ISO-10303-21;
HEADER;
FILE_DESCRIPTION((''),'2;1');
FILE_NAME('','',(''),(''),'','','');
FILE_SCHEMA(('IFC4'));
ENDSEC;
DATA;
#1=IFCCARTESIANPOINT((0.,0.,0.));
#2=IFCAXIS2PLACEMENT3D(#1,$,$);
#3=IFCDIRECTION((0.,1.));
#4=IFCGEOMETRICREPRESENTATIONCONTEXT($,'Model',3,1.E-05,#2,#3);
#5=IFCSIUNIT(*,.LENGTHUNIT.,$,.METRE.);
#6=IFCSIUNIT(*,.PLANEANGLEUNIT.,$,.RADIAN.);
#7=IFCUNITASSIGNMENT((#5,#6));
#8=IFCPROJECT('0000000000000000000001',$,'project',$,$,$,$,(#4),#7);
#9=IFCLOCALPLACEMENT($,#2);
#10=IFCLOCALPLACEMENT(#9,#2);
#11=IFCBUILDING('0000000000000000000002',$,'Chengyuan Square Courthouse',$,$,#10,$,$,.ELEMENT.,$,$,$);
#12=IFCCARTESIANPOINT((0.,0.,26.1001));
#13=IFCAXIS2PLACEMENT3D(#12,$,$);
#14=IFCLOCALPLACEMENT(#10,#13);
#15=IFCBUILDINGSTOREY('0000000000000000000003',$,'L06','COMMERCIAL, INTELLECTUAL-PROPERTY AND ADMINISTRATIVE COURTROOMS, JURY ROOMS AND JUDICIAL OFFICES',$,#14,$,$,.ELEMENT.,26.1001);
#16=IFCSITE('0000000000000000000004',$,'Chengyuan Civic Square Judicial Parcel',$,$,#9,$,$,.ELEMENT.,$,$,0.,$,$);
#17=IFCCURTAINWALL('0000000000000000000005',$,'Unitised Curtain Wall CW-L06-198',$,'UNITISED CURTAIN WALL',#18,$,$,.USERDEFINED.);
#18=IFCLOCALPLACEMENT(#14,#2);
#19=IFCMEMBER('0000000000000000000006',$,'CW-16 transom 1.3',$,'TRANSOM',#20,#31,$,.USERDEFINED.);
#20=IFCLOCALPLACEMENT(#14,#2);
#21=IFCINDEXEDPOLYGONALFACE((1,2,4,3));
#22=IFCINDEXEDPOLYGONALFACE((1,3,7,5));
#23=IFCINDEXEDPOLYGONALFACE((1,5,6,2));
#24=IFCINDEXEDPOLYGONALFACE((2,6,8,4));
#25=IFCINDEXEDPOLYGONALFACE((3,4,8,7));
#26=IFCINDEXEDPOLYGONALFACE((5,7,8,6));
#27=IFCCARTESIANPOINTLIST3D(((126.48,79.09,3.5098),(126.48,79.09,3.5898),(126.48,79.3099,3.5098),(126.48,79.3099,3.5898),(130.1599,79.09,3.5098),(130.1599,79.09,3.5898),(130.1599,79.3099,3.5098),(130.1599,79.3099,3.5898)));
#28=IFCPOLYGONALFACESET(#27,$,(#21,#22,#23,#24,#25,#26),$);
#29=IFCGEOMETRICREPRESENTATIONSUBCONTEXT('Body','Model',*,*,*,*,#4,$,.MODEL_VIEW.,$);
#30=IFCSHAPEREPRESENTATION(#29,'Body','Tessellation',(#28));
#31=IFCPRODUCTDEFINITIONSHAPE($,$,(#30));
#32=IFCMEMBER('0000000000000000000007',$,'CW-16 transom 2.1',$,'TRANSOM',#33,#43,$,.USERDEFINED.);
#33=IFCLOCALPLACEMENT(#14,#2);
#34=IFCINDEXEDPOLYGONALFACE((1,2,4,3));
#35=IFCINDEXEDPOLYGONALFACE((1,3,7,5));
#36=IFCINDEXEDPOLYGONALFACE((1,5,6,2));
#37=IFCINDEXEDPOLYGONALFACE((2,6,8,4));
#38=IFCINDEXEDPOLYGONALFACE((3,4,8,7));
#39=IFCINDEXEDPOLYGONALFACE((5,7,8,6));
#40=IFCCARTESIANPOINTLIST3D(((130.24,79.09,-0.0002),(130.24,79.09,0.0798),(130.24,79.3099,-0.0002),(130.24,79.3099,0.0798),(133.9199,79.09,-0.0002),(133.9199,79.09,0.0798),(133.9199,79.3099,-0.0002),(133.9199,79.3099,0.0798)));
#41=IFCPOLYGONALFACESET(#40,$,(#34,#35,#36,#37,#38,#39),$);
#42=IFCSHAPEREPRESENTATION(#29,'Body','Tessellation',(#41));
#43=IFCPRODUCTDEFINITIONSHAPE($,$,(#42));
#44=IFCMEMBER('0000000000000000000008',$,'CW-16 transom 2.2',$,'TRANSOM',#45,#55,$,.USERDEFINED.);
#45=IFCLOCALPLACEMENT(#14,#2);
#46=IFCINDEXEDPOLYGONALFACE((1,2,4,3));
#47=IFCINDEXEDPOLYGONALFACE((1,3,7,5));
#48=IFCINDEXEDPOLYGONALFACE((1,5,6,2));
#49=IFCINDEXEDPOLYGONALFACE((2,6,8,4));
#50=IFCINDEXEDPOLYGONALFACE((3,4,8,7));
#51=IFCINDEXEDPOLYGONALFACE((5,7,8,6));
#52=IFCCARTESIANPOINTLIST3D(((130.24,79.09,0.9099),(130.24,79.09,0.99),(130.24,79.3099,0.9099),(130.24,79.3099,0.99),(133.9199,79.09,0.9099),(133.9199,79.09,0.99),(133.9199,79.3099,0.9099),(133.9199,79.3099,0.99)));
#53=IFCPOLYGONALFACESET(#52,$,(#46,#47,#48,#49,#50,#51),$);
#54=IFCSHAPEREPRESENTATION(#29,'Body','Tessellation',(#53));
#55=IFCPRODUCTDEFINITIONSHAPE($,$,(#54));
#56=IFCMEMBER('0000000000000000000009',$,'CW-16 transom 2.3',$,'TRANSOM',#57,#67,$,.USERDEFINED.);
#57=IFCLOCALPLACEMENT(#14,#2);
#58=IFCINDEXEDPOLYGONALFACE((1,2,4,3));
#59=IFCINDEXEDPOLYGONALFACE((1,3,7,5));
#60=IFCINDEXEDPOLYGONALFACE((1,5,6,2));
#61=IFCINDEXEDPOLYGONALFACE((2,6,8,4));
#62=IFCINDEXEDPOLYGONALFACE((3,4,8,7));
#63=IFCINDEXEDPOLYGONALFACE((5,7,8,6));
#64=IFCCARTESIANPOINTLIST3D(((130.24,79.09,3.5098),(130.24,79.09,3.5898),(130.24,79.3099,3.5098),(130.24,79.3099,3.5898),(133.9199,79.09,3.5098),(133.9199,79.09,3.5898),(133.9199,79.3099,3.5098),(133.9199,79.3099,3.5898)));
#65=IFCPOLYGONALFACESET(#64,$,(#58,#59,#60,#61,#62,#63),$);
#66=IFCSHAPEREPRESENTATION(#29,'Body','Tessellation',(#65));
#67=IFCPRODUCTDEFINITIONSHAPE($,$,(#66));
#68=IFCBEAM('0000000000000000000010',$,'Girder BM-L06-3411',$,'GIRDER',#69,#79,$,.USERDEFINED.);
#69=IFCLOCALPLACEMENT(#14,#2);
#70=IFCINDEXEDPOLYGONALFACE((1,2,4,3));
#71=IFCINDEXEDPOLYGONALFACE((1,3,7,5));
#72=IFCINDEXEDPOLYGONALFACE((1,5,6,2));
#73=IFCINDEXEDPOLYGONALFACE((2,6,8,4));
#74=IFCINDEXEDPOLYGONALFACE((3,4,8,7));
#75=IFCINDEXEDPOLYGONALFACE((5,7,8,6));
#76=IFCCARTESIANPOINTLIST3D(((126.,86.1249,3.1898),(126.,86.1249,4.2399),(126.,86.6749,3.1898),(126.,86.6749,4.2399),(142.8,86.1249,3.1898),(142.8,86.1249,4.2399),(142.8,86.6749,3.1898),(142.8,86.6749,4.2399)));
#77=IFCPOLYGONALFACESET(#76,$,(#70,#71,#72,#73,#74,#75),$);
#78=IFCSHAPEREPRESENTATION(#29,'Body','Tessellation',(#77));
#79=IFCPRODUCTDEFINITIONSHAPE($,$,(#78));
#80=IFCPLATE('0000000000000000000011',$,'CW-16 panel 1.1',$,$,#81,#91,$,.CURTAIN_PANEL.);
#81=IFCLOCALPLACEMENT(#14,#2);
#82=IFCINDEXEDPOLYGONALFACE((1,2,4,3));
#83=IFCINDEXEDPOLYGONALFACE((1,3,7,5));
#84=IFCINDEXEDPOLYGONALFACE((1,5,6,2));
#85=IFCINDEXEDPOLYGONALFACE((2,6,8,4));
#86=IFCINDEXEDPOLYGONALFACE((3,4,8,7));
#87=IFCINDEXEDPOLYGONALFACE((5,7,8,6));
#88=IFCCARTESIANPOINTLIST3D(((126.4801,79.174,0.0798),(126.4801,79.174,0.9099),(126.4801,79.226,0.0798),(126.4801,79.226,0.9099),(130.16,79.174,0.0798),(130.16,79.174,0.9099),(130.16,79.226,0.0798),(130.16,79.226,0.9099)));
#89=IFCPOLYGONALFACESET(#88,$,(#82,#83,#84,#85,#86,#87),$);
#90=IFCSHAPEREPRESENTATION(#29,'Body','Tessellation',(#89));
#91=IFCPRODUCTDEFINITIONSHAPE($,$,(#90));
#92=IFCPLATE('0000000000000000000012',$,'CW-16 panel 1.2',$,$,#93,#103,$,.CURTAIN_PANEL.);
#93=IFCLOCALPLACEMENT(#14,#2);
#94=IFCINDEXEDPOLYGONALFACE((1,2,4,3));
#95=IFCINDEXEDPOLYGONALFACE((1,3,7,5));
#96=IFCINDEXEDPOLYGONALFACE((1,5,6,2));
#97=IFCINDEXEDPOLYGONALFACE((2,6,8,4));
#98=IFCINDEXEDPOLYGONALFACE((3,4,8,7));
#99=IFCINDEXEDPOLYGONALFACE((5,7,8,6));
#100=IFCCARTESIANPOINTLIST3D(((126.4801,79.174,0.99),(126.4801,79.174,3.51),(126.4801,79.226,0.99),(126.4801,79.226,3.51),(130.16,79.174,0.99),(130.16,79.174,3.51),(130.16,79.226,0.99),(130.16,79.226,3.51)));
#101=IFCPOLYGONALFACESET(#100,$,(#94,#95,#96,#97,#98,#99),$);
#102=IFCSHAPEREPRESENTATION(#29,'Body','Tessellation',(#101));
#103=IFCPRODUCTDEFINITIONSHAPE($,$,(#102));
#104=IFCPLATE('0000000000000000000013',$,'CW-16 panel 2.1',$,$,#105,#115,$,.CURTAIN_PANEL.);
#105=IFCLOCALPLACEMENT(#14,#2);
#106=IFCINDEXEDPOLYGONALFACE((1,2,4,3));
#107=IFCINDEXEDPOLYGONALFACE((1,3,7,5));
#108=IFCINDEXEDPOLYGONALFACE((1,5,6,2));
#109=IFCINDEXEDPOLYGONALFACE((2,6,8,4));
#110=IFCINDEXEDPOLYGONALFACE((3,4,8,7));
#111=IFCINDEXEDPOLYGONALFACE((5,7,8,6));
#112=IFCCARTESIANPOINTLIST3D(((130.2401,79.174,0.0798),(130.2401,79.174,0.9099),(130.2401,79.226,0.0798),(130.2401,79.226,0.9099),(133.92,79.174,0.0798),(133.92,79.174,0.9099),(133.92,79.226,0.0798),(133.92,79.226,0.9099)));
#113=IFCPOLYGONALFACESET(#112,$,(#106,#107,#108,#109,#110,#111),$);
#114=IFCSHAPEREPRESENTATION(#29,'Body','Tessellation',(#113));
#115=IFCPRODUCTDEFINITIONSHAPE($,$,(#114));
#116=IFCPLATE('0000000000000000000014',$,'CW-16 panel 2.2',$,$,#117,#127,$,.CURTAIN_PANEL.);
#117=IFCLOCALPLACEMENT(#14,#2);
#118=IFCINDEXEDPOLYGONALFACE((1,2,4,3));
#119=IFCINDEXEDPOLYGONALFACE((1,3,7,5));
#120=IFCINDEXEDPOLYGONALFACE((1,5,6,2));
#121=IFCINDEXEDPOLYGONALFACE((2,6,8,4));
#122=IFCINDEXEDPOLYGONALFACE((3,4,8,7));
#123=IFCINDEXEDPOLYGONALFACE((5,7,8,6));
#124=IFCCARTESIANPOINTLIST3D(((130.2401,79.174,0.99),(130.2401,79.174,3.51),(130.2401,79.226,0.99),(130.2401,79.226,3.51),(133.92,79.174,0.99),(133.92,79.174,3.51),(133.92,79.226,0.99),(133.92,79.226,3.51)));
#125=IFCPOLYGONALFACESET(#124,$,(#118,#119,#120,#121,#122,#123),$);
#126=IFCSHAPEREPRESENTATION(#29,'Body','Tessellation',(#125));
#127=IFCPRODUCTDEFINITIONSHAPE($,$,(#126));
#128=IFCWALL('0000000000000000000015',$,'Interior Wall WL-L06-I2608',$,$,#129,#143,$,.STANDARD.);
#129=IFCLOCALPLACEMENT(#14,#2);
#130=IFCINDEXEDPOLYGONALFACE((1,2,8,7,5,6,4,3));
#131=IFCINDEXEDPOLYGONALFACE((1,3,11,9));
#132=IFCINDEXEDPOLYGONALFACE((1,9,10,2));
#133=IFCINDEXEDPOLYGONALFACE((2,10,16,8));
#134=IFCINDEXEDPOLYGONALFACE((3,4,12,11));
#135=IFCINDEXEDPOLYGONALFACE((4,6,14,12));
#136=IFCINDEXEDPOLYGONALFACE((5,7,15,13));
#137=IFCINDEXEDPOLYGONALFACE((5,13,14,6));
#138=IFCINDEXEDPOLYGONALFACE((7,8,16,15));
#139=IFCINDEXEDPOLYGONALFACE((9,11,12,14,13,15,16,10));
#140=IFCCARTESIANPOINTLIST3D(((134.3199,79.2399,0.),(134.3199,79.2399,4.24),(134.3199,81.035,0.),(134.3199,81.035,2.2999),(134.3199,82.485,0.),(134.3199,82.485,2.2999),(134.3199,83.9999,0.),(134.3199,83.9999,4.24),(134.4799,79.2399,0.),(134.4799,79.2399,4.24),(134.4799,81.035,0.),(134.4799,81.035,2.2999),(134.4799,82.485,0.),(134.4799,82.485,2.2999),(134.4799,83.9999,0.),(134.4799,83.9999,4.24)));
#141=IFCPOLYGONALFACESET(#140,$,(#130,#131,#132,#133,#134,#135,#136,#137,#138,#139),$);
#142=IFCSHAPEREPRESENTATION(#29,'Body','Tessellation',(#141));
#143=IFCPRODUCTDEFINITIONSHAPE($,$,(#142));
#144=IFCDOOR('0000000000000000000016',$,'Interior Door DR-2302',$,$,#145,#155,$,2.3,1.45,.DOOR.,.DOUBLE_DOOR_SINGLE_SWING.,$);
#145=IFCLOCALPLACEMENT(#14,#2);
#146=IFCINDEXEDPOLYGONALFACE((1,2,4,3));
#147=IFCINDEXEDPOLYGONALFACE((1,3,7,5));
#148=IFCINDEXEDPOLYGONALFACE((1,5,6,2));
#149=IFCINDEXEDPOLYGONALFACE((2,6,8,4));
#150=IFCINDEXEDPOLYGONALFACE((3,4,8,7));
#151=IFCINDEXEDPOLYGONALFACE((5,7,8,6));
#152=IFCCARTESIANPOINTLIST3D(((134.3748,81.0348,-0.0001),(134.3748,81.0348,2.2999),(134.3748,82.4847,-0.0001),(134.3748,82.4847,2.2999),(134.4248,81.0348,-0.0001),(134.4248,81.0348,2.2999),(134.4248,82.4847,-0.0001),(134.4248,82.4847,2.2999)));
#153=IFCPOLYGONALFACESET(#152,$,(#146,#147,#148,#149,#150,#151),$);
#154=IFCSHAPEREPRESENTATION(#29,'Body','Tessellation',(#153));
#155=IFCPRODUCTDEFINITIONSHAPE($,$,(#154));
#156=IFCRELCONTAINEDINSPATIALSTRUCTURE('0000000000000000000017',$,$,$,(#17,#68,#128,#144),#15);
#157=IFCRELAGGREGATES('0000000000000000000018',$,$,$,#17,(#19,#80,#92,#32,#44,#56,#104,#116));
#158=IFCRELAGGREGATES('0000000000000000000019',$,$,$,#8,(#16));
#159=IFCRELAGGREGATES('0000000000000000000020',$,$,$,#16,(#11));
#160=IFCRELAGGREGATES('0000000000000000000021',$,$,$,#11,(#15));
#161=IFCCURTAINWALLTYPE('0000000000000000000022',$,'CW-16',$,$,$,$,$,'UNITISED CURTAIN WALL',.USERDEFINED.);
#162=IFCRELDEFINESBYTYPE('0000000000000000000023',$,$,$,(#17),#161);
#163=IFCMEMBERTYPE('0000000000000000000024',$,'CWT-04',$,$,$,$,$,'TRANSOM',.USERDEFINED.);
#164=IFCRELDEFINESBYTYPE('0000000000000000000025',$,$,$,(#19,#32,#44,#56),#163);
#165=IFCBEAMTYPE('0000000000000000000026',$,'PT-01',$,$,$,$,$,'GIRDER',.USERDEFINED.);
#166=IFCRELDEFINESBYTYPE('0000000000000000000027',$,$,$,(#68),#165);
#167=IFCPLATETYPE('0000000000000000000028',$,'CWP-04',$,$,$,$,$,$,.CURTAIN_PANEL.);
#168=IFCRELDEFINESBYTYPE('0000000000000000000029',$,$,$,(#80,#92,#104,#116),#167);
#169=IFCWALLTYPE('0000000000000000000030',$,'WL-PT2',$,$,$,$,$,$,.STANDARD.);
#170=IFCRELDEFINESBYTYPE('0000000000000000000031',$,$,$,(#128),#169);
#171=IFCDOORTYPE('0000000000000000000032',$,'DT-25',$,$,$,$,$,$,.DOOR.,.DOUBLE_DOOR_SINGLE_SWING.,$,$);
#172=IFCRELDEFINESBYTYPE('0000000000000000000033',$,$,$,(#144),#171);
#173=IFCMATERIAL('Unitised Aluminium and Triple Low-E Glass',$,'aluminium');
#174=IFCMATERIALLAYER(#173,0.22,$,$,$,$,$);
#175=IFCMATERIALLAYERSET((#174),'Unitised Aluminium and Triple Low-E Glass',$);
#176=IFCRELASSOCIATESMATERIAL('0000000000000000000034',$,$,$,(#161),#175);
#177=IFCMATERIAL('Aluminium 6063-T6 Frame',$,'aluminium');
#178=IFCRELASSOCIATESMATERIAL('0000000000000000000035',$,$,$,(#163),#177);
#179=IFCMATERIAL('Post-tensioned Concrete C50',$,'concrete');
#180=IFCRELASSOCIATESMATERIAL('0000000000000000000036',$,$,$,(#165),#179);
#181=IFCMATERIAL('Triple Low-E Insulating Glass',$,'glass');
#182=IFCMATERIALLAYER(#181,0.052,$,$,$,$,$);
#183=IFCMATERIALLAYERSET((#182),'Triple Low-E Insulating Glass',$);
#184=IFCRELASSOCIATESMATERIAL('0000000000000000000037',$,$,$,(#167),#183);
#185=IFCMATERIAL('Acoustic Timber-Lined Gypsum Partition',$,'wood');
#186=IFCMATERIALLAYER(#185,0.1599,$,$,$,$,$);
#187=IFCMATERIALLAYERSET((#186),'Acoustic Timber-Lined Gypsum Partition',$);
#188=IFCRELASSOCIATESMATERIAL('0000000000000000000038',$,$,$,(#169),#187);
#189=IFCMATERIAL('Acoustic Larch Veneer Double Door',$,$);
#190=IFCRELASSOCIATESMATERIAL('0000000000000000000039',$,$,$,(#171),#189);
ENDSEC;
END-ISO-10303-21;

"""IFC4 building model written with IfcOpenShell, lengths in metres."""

from ifc_helpers import new_model, si_unit, direction, frame, frame_2d, origin, origin_2d, place, context, subcontext, project, spatial, rectangle, extrude, material, layer, layer_set, material_profile, profile_set, type_object, element, fill, aggregate, save


model = new_model("IFC4")

# Units and contexts
model_context = context("Model", 3, precision=1e-05, world=origin(), true_north=direction((0.0, 1.0)))
body_context = subcontext(model_context, "Body", "Model", "MODEL_VIEW")
ifc_project = project(units=[si_unit("LENGTHUNIT", "METRE"), si_unit("PLANEANGLEUNIT", "RADIAN")], contexts=[model_context])

# Site, building, storey
site_placement = place(None, origin())
site = spatial("IfcSite", under=ifc_project, at=site_placement, Name="Chengyuan Civic Square Judicial Parcel", CompositionType="ELEMENT", RefElevation=0.0)
building_placement = place(site_placement, origin())
building = spatial("IfcBuilding", under=site, at=building_placement, Name="Chengyuan Square Courthouse", CompositionType="ELEMENT")
storey_placement = place(building_placement, frame((0.0, 0.0, 26.1001)))
storey = spatial("IfcBuildingStorey", under=building, at=storey_placement, Name="L06", Description="COMMERCIAL, INTELLECTUAL-PROPERTY AND ADMINISTRATIVE COURTROOMS, JURY ROOMS AND JUDICIAL OFFICES", CompositionType="ELEMENT", Elevation=26.1001)

# Curtain wall, members
ifc_material_1 = material(Name="Unitised Aluminium and Triple Low-E Glass", Category="aluminium")
ifc_layer_1 = layer(ifc_material_1, 0.22)
ifc_layer_set_1 = layer_set([ifc_layer_1], Name="Unitised Aluminium and Triple Low-E Glass")
curtain_wall_type = type_object("IfcCurtainWallType", Name="CW-16", ElementType="UNITISED CURTAIN WALL", PredefinedType="USERDEFINED", material=ifc_layer_set_1)
curtain_wall_placement = place(storey_placement, origin())
curtain_wall = element("IfcCurtainWall", 1, at=curtain_wall_placement, inside=storey, type_object=curtain_wall_type, Name="Unitised Curtain Wall CW-L06-198", ObjectType="UNITISED CURTAIN WALL", PredefinedType="USERDEFINED")
ifc_material_2 = material(Name="Aluminium 6063-T6 Frame", Category="aluminium")
ifc_material_profile_1 = material_profile(ifc_material_2, rectangle(XDim=0.22, YDim=0.0801, at=origin_2d()), Name="CW-TRN-80x180")
ifc_profile_set_1 = profile_set([ifc_material_profile_1], Name="Aluminium 6063-T6 Frame")
member_type_1 = type_object("IfcMemberType", Name="CWT-04", ElementType="TRANSOM", PredefinedType="USERDEFINED", material=ifc_profile_set_1)
member_1_placement = place(storey_placement, frame((126.48, 79.2, 3.5498), z_axis=(1.0, 0.0, 0.0), x_axis=(0.0, 1.0, 0.0)))
member_1 = element("IfcMember", 2, at=member_1_placement, type_object=member_type_1, Name="CW-16 transom 1.3", ObjectType="TRANSOM", PredefinedType="USERDEFINED", context=body_context, shape_type="SweptSolid", body=[
    extrude(rectangle(XDim=0.22, YDim=0.0801, at=origin_2d()), origin(), (0.0, 0.0, 1.0), 3.6799),
])
member_2_placement = place(storey_placement, frame((130.24, 79.2, 0.0398), z_axis=(1.0, 0.0, 0.0), x_axis=(0.0, 1.0, 0.0)))
member_2 = element("IfcMember", 3, at=member_2_placement, type_object=member_type_1, Name="CW-16 transom 2.1", ObjectType="TRANSOM", PredefinedType="USERDEFINED", context=body_context, shape_type="SweptSolid", body=[
    extrude(rectangle(XDim=0.22, YDim=0.0801, at=origin_2d()), origin(), (0.0, 0.0, 1.0), 3.6799),
])
member_3_placement = place(storey_placement, frame((130.24, 79.2, 0.95), z_axis=(1.0, 0.0, 0.0), x_axis=(0.0, 1.0, 0.0)))
member_3 = element("IfcMember", 4, at=member_3_placement, type_object=member_type_1, Name="CW-16 transom 2.2", ObjectType="TRANSOM", PredefinedType="USERDEFINED", context=body_context, shape_type="SweptSolid", body=[
    extrude(rectangle(XDim=0.22, YDim=0.0801, at=origin_2d()), origin(), (0.0, 0.0, 1.0), 3.6799),
])
member_4_placement = place(storey_placement, frame((130.24, 79.2, 3.5498), z_axis=(1.0, 0.0, 0.0), x_axis=(0.0, 1.0, 0.0)))
member_4 = element("IfcMember", 5, at=member_4_placement, type_object=member_type_1, Name="CW-16 transom 2.3", ObjectType="TRANSOM", PredefinedType="USERDEFINED", context=body_context, shape_type="SweptSolid", body=[
    extrude(rectangle(XDim=0.22, YDim=0.0801, at=origin_2d()), origin(), (0.0, 0.0, 1.0), 3.6799),
])

# Beam
ifc_material_3 = material(Name="Post-tensioned Concrete C50", Category="concrete")
ifc_material_profile_2 = material_profile(ifc_material_3, rectangle(XDim=0.55, YDim=1.05, at=origin_2d()), Name="PT-BM-550x1050")
ifc_profile_set_2 = profile_set([ifc_material_profile_2], Name="Post-tensioned Concrete C50")
beam_type_1 = type_object("IfcBeamType", Name="PT-01", ElementType="GIRDER", PredefinedType="USERDEFINED", material=ifc_profile_set_2)
beam_1_placement = place(storey_placement, frame((126.0, 86.3999, 3.7148), z_axis=(1.0, 0.0, 0.0), x_axis=(0.0, 1.0, 0.0)))
element("IfcBeam", 6, at=beam_1_placement, inside=storey, type_object=beam_type_1, Name="Girder BM-L06-3411", ObjectType="GIRDER", PredefinedType="USERDEFINED", context=body_context, shape_type="SweptSolid", body=[
    extrude(rectangle(XDim=0.55, YDim=1.05, at=origin_2d()), origin(), (0.0, 0.0, 1.0), 16.8),
])

# Plates
ifc_material_4 = material(Name="Triple Low-E Insulating Glass", Category="glass")
ifc_layer_2 = layer(ifc_material_4, 0.052)
ifc_layer_set_2 = layer_set([ifc_layer_2], Name="Triple Low-E Insulating Glass")
plate_type = type_object("IfcPlateType", Name="CWP-04", PredefinedType="CURTAIN_PANEL", material=ifc_layer_set_2)
plate_1_placement = place(storey_placement, frame((128.3201, 79.2, 0.0798), z_axis=(0.0, 0.0, 1.0), x_axis=(1.0, 0.0, 0.0)))
plate_1 = element("IfcPlate", 7, at=plate_1_placement, type_object=plate_type, Name="CW-16 panel 1.1", PredefinedType="CURTAIN_PANEL", context=body_context, shape_type="SweptSolid", body=[
    extrude(rectangle(XDim=3.6799, YDim=0.052, at=origin_2d()), origin(), (0.0, 0.0, 1.0), 0.8301),
])
plate_2_placement = place(storey_placement, frame((128.3201, 79.2, 0.99), z_axis=(0.0, 0.0, 1.0), x_axis=(1.0, 0.0, 0.0)))
plate_2 = element("IfcPlate", 8, at=plate_2_placement, type_object=plate_type, Name="CW-16 panel 1.2", PredefinedType="CURTAIN_PANEL", context=body_context, shape_type="SweptSolid", body=[
    extrude(rectangle(XDim=3.6799, YDim=0.052, at=origin_2d()), origin(), (0.0, 0.0, 1.0), 2.52),
])
plate_3_placement = place(storey_placement, frame((132.0801, 79.2, 0.0798), z_axis=(0.0, 0.0, 1.0), x_axis=(1.0, 0.0, 0.0)))
plate_3 = element("IfcPlate", 9, at=plate_3_placement, type_object=plate_type, Name="CW-16 panel 2.1", PredefinedType="CURTAIN_PANEL", context=body_context, shape_type="SweptSolid", body=[
    extrude(rectangle(XDim=3.6799, YDim=0.052, at=origin_2d()), origin(), (0.0, 0.0, 1.0), 0.8301),
])
plate_4_placement = place(storey_placement, frame((132.0801, 79.2, 0.99), z_axis=(0.0, 0.0, 1.0), x_axis=(1.0, 0.0, 0.0)))
plate_4 = element("IfcPlate", 10, at=plate_4_placement, type_object=plate_type, Name="CW-16 panel 2.2", PredefinedType="CURTAIN_PANEL", context=body_context, shape_type="SweptSolid", body=[
    extrude(rectangle(XDim=3.6799, YDim=0.052, at=origin_2d()), origin(), (0.0, 0.0, 1.0), 2.52),
])
aggregate(curtain_wall, [member_1, plate_1, plate_2, member_2, member_3, member_4, plate_3, plate_4])

# Wall, opening, door
ifc_material_5 = material(Name="Acoustic Timber-Lined Gypsum Partition", Category="wood")
ifc_layer_3 = layer(ifc_material_5, 0.1599)
ifc_layer_set_3 = layer_set([ifc_layer_3], Name="Acoustic Timber-Lined Gypsum Partition")
wall_type_1 = type_object("IfcWallType", Name="WL-PT2", PredefinedType="STANDARD", material=ifc_layer_set_3)
wall_1_placement = place(storey_placement, frame((134.3999, 79.24, 0.0), z_axis=(0.0, 0.0, 1.0), x_axis=(0.0, 1.0, 0.0)))
wall_1 = element("IfcWall", 11, at=wall_1_placement, inside=storey, type_object=wall_type_1, Name="Interior Wall WL-L06-I2608", PredefinedType="STANDARD", context=body_context, shape_type="SweptSolid", body=[
    extrude(rectangle(XDim=4.76, YDim=0.1599, at=frame_2d((2.3799, 0.0))), origin(), (0.0, 0.0, 1.0), 4.24),
])
opening_1_placement = place(wall_1_placement, frame((1.7949, 0.0, 0.0)))
opening_1 = element("IfcOpeningElement", 12, at=opening_1_placement, cuts=wall_1, PredefinedType="OPENING", context=body_context, shape_type="SweptSolid", body=[
    extrude(rectangle(XDim=1.45, YDim=2.3, at=frame_2d((0.7251, 1.1499))), frame((0.0, 0.092, 0.0), z_axis=(0.0, -1.0, 0.0), x_axis=(1.0, 0.0, 0.0)), (0.0, 0.0, 1.0), 0.1838),
])
ifc_material_6 = material(Name="Acoustic Larch Veneer Double Door")
door_type_1 = type_object("IfcDoorType", Name="DT-25", OperationType="DOUBLE_DOOR_SINGLE_SWING", PredefinedType="DOOR", material=ifc_material_6)
door_1_placement = place(opening_1_placement, frame((1.45, 0.0, 0.0), z_axis=(0.0, 0.0, 1.0), x_axis=(-1.0, 0.0, 0.0)))
door_1 = element("IfcDoor", 13, at=door_1_placement, inside=storey, type_object=door_type_1, Name="Interior Door DR-2302", OperationType="DOUBLE_DOOR_SINGLE_SWING", OverallHeight=2.3, OverallWidth=1.45, PredefinedType="DOOR", context=body_context, shape_type="SweptSolid", body=[
    extrude(rectangle(XDim=1.45, YDim=2.3, at=frame_2d((0.7251, 1.1499))), frame((0.0, 0.0249, 0.0), z_axis=(0.0, -1.0, 0.0), x_axis=(1.0, 0.0, 0.0)), (0.0, 0.0, 1.0), 0.05),
])
fill(opening_1, door_1)

save(model, "model.ifc")
